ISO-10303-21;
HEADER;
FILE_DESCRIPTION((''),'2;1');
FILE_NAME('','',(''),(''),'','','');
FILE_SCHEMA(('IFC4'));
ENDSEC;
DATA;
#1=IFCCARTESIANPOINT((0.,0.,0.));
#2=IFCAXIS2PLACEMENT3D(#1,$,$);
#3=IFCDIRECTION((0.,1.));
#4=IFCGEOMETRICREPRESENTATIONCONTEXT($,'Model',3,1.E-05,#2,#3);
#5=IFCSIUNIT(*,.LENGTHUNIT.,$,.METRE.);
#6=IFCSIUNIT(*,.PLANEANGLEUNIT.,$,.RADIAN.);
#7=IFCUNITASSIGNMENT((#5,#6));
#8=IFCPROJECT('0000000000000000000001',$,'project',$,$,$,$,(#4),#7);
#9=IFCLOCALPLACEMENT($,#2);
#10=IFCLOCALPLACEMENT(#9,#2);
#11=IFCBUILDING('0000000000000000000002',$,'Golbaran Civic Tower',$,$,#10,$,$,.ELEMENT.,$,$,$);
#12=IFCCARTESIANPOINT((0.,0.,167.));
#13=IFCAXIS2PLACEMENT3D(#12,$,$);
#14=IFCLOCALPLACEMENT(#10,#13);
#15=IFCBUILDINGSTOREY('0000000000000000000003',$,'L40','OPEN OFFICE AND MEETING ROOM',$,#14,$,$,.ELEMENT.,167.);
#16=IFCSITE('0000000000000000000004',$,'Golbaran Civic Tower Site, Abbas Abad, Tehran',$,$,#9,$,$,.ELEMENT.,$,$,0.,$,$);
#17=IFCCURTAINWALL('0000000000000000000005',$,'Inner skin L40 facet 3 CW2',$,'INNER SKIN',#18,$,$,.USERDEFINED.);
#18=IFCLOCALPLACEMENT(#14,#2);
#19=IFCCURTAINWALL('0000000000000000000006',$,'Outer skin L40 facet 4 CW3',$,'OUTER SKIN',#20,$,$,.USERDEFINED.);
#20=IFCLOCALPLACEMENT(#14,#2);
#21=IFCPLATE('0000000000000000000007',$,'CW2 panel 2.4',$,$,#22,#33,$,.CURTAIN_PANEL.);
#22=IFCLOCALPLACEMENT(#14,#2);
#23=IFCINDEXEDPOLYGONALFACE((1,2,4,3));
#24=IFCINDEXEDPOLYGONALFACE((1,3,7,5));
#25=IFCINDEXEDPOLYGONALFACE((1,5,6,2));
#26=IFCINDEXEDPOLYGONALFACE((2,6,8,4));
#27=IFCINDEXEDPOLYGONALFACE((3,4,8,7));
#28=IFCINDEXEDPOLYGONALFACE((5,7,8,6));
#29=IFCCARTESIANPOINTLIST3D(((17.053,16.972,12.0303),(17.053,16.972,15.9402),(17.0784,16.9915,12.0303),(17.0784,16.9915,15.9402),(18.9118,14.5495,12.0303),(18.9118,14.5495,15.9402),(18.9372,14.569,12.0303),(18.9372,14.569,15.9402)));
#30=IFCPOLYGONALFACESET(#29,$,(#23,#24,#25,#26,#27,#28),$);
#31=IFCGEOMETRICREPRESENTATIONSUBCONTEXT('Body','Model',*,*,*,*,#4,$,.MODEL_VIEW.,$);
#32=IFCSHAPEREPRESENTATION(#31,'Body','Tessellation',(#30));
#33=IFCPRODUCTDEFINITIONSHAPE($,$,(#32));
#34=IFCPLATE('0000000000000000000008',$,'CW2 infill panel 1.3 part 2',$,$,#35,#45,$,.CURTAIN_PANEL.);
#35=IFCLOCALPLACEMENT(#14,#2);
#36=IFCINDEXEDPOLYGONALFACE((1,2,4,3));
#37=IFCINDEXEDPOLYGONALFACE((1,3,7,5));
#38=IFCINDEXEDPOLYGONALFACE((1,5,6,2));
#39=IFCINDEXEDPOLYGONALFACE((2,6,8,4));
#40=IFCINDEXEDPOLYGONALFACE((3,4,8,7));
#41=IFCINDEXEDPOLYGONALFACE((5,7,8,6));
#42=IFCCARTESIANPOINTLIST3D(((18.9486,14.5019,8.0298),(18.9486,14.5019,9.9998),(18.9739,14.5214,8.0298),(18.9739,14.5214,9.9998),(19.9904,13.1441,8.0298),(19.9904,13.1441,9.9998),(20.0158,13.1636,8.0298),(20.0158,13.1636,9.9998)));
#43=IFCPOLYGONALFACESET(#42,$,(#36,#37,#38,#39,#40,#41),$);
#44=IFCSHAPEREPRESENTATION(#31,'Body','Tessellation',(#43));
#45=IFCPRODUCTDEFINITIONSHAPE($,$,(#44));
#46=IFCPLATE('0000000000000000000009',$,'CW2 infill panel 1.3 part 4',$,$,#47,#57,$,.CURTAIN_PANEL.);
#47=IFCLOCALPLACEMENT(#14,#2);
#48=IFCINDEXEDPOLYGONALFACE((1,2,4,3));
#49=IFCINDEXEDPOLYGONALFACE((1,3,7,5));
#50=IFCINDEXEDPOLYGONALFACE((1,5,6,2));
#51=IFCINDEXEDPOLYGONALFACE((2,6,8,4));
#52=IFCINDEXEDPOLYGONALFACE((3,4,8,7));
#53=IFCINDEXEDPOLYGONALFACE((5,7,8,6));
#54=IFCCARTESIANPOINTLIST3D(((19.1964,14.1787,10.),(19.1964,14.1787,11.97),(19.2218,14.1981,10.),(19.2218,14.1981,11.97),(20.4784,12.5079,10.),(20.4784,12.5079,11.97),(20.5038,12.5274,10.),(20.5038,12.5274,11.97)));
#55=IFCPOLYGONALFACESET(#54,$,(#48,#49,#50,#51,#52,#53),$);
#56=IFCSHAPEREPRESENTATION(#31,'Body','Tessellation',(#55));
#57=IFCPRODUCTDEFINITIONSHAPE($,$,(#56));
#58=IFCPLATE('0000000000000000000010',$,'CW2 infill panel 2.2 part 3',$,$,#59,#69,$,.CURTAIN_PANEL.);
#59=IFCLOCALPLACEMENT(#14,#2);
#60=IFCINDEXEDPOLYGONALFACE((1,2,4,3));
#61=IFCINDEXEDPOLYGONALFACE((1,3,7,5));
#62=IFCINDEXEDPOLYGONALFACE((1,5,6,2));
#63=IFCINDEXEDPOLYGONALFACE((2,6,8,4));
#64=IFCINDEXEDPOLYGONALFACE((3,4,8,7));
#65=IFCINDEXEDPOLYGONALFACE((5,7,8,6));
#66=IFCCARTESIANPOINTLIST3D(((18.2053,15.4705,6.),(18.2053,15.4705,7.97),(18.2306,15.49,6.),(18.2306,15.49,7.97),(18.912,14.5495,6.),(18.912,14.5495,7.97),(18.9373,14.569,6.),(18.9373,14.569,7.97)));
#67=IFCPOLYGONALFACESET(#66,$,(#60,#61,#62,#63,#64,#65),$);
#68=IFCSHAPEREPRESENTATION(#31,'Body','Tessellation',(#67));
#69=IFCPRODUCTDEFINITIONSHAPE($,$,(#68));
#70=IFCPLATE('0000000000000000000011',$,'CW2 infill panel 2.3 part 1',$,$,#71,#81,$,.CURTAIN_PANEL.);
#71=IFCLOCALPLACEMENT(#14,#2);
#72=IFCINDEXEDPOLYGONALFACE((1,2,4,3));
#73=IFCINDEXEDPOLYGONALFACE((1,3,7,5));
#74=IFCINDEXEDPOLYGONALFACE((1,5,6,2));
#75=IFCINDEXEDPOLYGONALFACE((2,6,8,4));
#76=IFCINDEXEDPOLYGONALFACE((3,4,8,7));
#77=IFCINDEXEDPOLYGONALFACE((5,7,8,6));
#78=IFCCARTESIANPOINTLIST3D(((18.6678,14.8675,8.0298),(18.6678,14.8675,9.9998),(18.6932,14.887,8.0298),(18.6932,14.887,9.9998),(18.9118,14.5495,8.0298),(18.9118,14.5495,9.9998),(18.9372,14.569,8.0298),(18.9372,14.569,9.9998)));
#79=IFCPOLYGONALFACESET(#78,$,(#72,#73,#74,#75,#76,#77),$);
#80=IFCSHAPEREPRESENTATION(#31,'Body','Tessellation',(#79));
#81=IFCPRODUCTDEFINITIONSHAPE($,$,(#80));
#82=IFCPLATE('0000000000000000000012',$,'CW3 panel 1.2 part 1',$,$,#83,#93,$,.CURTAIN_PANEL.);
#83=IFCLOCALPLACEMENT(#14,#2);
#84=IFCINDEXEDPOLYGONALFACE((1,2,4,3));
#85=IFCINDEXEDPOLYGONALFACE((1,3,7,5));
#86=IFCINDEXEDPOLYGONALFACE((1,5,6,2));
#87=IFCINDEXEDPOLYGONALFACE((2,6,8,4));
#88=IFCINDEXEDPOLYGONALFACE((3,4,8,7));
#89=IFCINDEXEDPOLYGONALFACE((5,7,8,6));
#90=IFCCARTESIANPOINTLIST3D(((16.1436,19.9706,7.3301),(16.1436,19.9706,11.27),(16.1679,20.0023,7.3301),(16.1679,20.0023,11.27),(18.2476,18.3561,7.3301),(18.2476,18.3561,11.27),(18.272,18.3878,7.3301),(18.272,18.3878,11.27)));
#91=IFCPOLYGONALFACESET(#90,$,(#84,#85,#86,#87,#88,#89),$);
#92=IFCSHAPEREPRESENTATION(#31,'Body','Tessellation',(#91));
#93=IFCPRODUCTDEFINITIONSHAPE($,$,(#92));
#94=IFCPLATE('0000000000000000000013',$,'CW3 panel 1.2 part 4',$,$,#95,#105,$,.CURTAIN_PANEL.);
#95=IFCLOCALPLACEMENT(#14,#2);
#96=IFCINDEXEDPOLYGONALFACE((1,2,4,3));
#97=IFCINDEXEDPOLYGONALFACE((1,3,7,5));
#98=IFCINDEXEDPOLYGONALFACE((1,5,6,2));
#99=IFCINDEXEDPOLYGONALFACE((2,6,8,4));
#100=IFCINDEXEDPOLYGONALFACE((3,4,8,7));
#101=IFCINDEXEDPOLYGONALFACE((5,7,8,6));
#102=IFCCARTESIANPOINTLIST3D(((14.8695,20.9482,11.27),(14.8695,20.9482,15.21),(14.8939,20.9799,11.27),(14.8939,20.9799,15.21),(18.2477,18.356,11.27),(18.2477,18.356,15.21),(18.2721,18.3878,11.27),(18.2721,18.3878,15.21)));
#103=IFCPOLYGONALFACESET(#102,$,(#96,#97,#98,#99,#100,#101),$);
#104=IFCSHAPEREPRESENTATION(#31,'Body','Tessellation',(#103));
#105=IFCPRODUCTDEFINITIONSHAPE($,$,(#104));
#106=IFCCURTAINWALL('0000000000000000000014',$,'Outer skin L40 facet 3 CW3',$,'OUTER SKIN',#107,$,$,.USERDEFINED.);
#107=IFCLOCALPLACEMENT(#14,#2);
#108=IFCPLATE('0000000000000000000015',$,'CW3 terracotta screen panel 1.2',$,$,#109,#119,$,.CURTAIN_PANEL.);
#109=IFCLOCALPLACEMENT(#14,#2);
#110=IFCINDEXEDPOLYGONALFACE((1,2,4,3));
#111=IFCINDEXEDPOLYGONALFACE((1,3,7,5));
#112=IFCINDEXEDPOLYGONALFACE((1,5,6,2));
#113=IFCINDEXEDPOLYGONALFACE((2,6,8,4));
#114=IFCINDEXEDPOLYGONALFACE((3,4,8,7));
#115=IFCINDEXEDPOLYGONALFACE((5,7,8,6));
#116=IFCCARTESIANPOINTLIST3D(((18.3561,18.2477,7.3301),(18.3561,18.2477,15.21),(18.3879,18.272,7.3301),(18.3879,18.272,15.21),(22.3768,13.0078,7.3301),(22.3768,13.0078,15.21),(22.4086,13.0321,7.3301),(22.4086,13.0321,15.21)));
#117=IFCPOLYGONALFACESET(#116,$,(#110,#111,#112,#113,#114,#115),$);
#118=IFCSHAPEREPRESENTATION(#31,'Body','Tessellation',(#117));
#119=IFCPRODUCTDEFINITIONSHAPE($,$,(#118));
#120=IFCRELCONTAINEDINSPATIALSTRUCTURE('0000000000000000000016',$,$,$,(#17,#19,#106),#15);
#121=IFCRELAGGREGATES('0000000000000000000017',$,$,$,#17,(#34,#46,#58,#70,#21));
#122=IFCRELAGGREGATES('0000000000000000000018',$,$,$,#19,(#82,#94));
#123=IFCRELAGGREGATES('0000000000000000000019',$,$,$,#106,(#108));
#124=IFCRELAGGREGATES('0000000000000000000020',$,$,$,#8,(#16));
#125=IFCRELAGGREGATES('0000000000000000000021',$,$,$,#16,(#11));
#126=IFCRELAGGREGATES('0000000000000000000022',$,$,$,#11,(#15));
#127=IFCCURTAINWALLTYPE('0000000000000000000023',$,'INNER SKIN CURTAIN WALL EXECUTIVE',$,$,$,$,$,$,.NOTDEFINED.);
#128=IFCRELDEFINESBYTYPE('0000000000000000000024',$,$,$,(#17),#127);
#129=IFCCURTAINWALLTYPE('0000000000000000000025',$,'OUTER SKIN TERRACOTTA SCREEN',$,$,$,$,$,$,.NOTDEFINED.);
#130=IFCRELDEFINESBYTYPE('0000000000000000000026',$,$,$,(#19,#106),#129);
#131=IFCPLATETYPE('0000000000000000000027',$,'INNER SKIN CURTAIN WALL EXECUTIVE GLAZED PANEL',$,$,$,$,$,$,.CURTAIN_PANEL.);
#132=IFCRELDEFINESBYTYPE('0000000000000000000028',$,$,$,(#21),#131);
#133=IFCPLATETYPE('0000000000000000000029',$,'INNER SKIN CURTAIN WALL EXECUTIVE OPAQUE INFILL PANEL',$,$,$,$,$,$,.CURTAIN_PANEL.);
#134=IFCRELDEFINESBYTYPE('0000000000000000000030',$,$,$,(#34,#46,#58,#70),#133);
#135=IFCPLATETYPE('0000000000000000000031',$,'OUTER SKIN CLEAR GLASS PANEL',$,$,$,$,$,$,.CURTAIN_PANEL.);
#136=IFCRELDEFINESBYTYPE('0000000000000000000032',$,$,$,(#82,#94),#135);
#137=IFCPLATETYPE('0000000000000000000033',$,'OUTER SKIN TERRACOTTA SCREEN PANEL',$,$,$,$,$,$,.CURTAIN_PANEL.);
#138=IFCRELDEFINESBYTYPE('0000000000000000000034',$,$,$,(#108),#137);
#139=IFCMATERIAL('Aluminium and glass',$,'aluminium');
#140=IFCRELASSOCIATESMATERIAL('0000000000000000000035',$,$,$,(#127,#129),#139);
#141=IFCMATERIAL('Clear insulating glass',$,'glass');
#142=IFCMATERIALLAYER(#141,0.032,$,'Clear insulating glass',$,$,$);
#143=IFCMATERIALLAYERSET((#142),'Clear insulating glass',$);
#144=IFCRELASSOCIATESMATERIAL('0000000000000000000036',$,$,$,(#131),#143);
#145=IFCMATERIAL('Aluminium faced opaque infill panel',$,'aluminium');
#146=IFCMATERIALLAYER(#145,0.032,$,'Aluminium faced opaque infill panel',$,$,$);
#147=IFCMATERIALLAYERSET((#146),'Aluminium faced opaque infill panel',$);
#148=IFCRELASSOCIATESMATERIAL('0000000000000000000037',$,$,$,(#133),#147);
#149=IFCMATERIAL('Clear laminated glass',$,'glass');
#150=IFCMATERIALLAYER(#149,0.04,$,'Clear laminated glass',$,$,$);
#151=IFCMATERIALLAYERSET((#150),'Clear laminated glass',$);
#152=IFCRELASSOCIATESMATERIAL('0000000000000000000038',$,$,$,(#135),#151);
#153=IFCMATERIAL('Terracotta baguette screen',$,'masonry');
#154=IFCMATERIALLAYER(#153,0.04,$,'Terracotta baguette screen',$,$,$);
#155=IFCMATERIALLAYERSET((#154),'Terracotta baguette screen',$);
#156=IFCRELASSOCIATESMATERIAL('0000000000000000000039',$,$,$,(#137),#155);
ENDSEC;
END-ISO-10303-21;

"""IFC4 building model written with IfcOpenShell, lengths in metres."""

from ifc_helpers import new_model, si_unit, direction, frame, origin, origin_2d, place, context, subcontext, project, spatial, rectangle, extrude, material, layer, layer_set, type_object, element, aggregate, save


model = new_model("IFC4")

# Units and contexts
model_context = context("Model", 3, precision=1e-05, world=origin(), true_north=direction((0.0, 1.0)))
body_context = subcontext(model_context, "Body", "Model", "MODEL_VIEW")
ifc_project = project(units=[si_unit("LENGTHUNIT", "METRE"), si_unit("PLANEANGLEUNIT", "RADIAN")], contexts=[model_context])

# Site, building, storey
site_placement = place(None, origin())
site = spatial("IfcSite", under=ifc_project, at=site_placement, Name="Golbaran Civic Tower Site, Abbas Abad, Tehran", CompositionType="ELEMENT", RefElevation=0.0)
building_placement = place(site_placement, origin())
building = spatial("IfcBuilding", under=site, at=building_placement, Name="Golbaran Civic Tower", CompositionType="ELEMENT")
storey_placement = place(building_placement, frame((0.0, 0.0, 167.0)))
storey = spatial("IfcBuildingStorey", under=building, at=storey_placement, Name="L40", Description="OPEN OFFICE AND MEETING ROOM", CompositionType="ELEMENT", Elevation=167.0)

# Curtain walls
ifc_material_1 = material(Name="Aluminium and glass", Category="aluminium")
curtain_wall_type_1 = type_object("IfcCurtainWallType", Name="INNER SKIN CURTAIN WALL EXECUTIVE", PredefinedType="NOTDEFINED", material=ifc_material_1)
curtain_wall_1_placement = place(storey_placement, origin())
curtain_wall_1 = element("IfcCurtainWall", 1, at=curtain_wall_1_placement, inside=storey, type_object=curtain_wall_type_1, Name="Inner skin L40 facet 3 CW2", ObjectType="INNER SKIN", PredefinedType="USERDEFINED")
curtain_wall_type_2 = type_object("IfcCurtainWallType", Name="OUTER SKIN TERRACOTTA SCREEN", PredefinedType="NOTDEFINED", material=ifc_material_1)
curtain_wall_2_placement = place(storey_placement, origin())
curtain_wall_2 = element("IfcCurtainWall", 2, at=curtain_wall_2_placement, inside=storey, type_object=curtain_wall_type_2, Name="Outer skin L40 facet 4 CW3", ObjectType="OUTER SKIN", PredefinedType="USERDEFINED")

# Plates
ifc_material_2 = material(Name="Clear insulating glass", Category="glass")
ifc_layer_1 = layer(ifc_material_2, 0.032, Name="Clear insulating glass")
ifc_layer_set_1 = layer_set([ifc_layer_1], Name="Clear insulating glass")
plate_type_1 = type_object("IfcPlateType", Name="INNER SKIN CURTAIN WALL EXECUTIVE GLAZED PANEL", PredefinedType="CURTAIN_PANEL", material=ifc_layer_set_1)
plate_1_placement = place(storey_placement, frame((17.9951, 15.7705, 12.0303), z_axis=(0.0, 0.0, 1.0), x_axis=(-0.608761, 0.793353, 0.0)))
plate_1 = element("IfcPlate", 3, at=plate_1_placement, type_object=plate_type_1, Name="CW2 panel 2.4", PredefinedType="CURTAIN_PANEL", context=body_context, shape_type="SweptSolid", body=[
    extrude(rectangle(XDim=3.0535, YDim=0.032, at=origin_2d()), origin(), (0.0, 0.0, 1.0), 3.9099),
])
ifc_material_3 = material(Name="Aluminium faced opaque infill panel", Category="aluminium")
ifc_layer_2 = layer(ifc_material_3, 0.032, Name="Aluminium faced opaque infill panel")
ifc_layer_set_2 = layer_set([ifc_layer_2], Name="Aluminium faced opaque infill panel")
plate_type_2 = type_object("IfcPlateType", Name="INNER SKIN CURTAIN WALL EXECUTIVE OPAQUE INFILL PANEL", PredefinedType="CURTAIN_PANEL", material=ifc_layer_set_2)
plate_2_placement = place(storey_placement, frame((19.4822, 13.8328, 8.0298), z_axis=(0.0, 0.0, 1.0), x_axis=(-0.608761, 0.793353, 0.0)))
plate_2 = element("IfcPlate", 4, at=plate_2_placement, type_object=plate_type_2, Name="CW2 infill panel 1.3 part 2", PredefinedType="CURTAIN_PANEL", context=body_context, shape_type="SweptSolid", body=[
    extrude(rectangle(XDim=1.7114, YDim=0.032, at=origin_2d()), origin(), (0.0, 0.0, 1.0), 1.97),
])
plate_3_placement = place(storey_placement, frame((19.8501, 13.353, 10.0), z_axis=(0.0, 0.0, 1.0), x_axis=(-0.608761, 0.793353, 0.0)))
plate_3 = element("IfcPlate", 5, at=plate_3_placement, type_object=plate_type_2, Name="CW2 infill panel 1.3 part 4", PredefinedType="CURTAIN_PANEL", context=body_context, shape_type="SweptSolid", body=[
    extrude(rectangle(XDim=2.106, YDim=0.032, at=origin_2d()), origin(), (0.0, 0.0, 1.0), 1.97),
])
plate_4_placement = place(storey_placement, frame((18.5713, 15.0198, 6.0), z_axis=(0.0, 0.0, 1.0), x_axis=(-0.608761, 0.793353, 0.0)))
plate_4 = element("IfcPlate", 6, at=plate_4_placement, type_object=plate_type_2, Name="CW2 infill panel 2.2 part 3", PredefinedType="CURTAIN_PANEL", context=body_context, shape_type="SweptSolid", body=[
    extrude(rectangle(XDim=1.1609, YDim=0.032, at=origin_2d()), origin(), (0.0, 0.0, 1.0), 1.97),
])
plate_5_placement = place(storey_placement, frame((18.8025, 14.7183, 8.0298), z_axis=(0.0, 0.0, 1.0), x_axis=(-0.608761, 0.793353, 0.0)))
plate_5 = element("IfcPlate", 7, at=plate_5_placement, type_object=plate_type_2, Name="CW2 infill panel 2.3 part 1", PredefinedType="CURTAIN_PANEL", context=body_context, shape_type="SweptSolid", body=[
    extrude(rectangle(XDim=0.4009, YDim=0.032, at=origin_2d()), origin(), (0.0, 0.0, 1.0), 1.97),
])
aggregate(curtain_wall_1, [plate_2, plate_3, plate_4, plate_5, plate_1])
ifc_material_4 = material(Name="Clear laminated glass", Category="glass")
ifc_layer_3 = layer(ifc_material_4, 0.04, Name="Clear laminated glass")
ifc_layer_set_3 = layer_set([ifc_layer_3], Name="Clear laminated glass")
plate_type_3 = type_object("IfcPlateType", Name="OUTER SKIN CLEAR GLASS PANEL", PredefinedType="CURTAIN_PANEL", material=ifc_layer_set_3)
plate_6_placement = place(storey_placement, frame((17.2078, 19.1792, 7.3301), z_axis=(0.0, 0.0, 1.0), x_axis=(-0.793353, 0.608761, 0.0)))
plate_6 = element("IfcPlate", 8, at=plate_6_placement, type_object=plate_type_3, Name="CW3 panel 1.2 part 1", PredefinedType="CURTAIN_PANEL", context=body_context, shape_type="SweptSolid", body=[
    extrude(rectangle(XDim=2.6521, YDim=0.04, at=origin_2d()), origin(), (0.0, 0.0, 1.0), 3.9399),
])
plate_7_placement = place(storey_placement, frame((16.5708, 19.668, 11.27), z_axis=(0.0, 0.0, 1.0), x_axis=(-0.793353, 0.608761, 0.0)))
plate_7 = element("IfcPlate", 9, at=plate_7_placement, type_object=plate_type_3, Name="CW3 panel 1.2 part 4", PredefinedType="CURTAIN_PANEL", context=body_context, shape_type="SweptSolid", body=[
    extrude(rectangle(XDim=4.2581, YDim=0.04, at=origin_2d()), origin(), (0.0, 0.0, 1.0), 3.9399),
])
aggregate(curtain_wall_2, [plate_6, plate_7])

# Curtain wall, plate
curtain_wall_3_placement = place(storey_placement, origin())
curtain_wall_3 = element("IfcCurtainWall", 10, at=curtain_wall_3_placement, inside=storey, type_object=curtain_wall_type_2, Name="Outer skin L40 facet 3 CW3", ObjectType="OUTER SKIN", PredefinedType="USERDEFINED")
ifc_material_5 = material(Name="Terracotta baguette screen", Category="masonry")
ifc_layer_4 = layer(ifc_material_5, 0.04, Name="Terracotta baguette screen")
ifc_layer_set_4 = layer_set([ifc_layer_4], Name="Terracotta baguette screen")
plate_type_4 = type_object("IfcPlateType", Name="OUTER SKIN TERRACOTTA SCREEN PANEL", PredefinedType="CURTAIN_PANEL", material=ifc_layer_set_4)
plate_8_placement = place(storey_placement, frame((20.3823, 15.6399, 7.3301), z_axis=(0.0, 0.0, 1.0), x_axis=(-0.608761, 0.793353, 0.0)))
plate_8 = element("IfcPlate", 11, at=plate_8_placement, type_object=plate_type_4, Name="CW3 terracotta screen panel 1.2", PredefinedType="CURTAIN_PANEL", context=body_context, shape_type="SweptSolid", body=[
    extrude(rectangle(XDim=6.6047, YDim=0.04, at=origin_2d()), origin(), (0.0, 0.0, 1.0), 7.8799),
])
aggregate(curtain_wall_3, [plate_8])

save(model, "model.ifc")
